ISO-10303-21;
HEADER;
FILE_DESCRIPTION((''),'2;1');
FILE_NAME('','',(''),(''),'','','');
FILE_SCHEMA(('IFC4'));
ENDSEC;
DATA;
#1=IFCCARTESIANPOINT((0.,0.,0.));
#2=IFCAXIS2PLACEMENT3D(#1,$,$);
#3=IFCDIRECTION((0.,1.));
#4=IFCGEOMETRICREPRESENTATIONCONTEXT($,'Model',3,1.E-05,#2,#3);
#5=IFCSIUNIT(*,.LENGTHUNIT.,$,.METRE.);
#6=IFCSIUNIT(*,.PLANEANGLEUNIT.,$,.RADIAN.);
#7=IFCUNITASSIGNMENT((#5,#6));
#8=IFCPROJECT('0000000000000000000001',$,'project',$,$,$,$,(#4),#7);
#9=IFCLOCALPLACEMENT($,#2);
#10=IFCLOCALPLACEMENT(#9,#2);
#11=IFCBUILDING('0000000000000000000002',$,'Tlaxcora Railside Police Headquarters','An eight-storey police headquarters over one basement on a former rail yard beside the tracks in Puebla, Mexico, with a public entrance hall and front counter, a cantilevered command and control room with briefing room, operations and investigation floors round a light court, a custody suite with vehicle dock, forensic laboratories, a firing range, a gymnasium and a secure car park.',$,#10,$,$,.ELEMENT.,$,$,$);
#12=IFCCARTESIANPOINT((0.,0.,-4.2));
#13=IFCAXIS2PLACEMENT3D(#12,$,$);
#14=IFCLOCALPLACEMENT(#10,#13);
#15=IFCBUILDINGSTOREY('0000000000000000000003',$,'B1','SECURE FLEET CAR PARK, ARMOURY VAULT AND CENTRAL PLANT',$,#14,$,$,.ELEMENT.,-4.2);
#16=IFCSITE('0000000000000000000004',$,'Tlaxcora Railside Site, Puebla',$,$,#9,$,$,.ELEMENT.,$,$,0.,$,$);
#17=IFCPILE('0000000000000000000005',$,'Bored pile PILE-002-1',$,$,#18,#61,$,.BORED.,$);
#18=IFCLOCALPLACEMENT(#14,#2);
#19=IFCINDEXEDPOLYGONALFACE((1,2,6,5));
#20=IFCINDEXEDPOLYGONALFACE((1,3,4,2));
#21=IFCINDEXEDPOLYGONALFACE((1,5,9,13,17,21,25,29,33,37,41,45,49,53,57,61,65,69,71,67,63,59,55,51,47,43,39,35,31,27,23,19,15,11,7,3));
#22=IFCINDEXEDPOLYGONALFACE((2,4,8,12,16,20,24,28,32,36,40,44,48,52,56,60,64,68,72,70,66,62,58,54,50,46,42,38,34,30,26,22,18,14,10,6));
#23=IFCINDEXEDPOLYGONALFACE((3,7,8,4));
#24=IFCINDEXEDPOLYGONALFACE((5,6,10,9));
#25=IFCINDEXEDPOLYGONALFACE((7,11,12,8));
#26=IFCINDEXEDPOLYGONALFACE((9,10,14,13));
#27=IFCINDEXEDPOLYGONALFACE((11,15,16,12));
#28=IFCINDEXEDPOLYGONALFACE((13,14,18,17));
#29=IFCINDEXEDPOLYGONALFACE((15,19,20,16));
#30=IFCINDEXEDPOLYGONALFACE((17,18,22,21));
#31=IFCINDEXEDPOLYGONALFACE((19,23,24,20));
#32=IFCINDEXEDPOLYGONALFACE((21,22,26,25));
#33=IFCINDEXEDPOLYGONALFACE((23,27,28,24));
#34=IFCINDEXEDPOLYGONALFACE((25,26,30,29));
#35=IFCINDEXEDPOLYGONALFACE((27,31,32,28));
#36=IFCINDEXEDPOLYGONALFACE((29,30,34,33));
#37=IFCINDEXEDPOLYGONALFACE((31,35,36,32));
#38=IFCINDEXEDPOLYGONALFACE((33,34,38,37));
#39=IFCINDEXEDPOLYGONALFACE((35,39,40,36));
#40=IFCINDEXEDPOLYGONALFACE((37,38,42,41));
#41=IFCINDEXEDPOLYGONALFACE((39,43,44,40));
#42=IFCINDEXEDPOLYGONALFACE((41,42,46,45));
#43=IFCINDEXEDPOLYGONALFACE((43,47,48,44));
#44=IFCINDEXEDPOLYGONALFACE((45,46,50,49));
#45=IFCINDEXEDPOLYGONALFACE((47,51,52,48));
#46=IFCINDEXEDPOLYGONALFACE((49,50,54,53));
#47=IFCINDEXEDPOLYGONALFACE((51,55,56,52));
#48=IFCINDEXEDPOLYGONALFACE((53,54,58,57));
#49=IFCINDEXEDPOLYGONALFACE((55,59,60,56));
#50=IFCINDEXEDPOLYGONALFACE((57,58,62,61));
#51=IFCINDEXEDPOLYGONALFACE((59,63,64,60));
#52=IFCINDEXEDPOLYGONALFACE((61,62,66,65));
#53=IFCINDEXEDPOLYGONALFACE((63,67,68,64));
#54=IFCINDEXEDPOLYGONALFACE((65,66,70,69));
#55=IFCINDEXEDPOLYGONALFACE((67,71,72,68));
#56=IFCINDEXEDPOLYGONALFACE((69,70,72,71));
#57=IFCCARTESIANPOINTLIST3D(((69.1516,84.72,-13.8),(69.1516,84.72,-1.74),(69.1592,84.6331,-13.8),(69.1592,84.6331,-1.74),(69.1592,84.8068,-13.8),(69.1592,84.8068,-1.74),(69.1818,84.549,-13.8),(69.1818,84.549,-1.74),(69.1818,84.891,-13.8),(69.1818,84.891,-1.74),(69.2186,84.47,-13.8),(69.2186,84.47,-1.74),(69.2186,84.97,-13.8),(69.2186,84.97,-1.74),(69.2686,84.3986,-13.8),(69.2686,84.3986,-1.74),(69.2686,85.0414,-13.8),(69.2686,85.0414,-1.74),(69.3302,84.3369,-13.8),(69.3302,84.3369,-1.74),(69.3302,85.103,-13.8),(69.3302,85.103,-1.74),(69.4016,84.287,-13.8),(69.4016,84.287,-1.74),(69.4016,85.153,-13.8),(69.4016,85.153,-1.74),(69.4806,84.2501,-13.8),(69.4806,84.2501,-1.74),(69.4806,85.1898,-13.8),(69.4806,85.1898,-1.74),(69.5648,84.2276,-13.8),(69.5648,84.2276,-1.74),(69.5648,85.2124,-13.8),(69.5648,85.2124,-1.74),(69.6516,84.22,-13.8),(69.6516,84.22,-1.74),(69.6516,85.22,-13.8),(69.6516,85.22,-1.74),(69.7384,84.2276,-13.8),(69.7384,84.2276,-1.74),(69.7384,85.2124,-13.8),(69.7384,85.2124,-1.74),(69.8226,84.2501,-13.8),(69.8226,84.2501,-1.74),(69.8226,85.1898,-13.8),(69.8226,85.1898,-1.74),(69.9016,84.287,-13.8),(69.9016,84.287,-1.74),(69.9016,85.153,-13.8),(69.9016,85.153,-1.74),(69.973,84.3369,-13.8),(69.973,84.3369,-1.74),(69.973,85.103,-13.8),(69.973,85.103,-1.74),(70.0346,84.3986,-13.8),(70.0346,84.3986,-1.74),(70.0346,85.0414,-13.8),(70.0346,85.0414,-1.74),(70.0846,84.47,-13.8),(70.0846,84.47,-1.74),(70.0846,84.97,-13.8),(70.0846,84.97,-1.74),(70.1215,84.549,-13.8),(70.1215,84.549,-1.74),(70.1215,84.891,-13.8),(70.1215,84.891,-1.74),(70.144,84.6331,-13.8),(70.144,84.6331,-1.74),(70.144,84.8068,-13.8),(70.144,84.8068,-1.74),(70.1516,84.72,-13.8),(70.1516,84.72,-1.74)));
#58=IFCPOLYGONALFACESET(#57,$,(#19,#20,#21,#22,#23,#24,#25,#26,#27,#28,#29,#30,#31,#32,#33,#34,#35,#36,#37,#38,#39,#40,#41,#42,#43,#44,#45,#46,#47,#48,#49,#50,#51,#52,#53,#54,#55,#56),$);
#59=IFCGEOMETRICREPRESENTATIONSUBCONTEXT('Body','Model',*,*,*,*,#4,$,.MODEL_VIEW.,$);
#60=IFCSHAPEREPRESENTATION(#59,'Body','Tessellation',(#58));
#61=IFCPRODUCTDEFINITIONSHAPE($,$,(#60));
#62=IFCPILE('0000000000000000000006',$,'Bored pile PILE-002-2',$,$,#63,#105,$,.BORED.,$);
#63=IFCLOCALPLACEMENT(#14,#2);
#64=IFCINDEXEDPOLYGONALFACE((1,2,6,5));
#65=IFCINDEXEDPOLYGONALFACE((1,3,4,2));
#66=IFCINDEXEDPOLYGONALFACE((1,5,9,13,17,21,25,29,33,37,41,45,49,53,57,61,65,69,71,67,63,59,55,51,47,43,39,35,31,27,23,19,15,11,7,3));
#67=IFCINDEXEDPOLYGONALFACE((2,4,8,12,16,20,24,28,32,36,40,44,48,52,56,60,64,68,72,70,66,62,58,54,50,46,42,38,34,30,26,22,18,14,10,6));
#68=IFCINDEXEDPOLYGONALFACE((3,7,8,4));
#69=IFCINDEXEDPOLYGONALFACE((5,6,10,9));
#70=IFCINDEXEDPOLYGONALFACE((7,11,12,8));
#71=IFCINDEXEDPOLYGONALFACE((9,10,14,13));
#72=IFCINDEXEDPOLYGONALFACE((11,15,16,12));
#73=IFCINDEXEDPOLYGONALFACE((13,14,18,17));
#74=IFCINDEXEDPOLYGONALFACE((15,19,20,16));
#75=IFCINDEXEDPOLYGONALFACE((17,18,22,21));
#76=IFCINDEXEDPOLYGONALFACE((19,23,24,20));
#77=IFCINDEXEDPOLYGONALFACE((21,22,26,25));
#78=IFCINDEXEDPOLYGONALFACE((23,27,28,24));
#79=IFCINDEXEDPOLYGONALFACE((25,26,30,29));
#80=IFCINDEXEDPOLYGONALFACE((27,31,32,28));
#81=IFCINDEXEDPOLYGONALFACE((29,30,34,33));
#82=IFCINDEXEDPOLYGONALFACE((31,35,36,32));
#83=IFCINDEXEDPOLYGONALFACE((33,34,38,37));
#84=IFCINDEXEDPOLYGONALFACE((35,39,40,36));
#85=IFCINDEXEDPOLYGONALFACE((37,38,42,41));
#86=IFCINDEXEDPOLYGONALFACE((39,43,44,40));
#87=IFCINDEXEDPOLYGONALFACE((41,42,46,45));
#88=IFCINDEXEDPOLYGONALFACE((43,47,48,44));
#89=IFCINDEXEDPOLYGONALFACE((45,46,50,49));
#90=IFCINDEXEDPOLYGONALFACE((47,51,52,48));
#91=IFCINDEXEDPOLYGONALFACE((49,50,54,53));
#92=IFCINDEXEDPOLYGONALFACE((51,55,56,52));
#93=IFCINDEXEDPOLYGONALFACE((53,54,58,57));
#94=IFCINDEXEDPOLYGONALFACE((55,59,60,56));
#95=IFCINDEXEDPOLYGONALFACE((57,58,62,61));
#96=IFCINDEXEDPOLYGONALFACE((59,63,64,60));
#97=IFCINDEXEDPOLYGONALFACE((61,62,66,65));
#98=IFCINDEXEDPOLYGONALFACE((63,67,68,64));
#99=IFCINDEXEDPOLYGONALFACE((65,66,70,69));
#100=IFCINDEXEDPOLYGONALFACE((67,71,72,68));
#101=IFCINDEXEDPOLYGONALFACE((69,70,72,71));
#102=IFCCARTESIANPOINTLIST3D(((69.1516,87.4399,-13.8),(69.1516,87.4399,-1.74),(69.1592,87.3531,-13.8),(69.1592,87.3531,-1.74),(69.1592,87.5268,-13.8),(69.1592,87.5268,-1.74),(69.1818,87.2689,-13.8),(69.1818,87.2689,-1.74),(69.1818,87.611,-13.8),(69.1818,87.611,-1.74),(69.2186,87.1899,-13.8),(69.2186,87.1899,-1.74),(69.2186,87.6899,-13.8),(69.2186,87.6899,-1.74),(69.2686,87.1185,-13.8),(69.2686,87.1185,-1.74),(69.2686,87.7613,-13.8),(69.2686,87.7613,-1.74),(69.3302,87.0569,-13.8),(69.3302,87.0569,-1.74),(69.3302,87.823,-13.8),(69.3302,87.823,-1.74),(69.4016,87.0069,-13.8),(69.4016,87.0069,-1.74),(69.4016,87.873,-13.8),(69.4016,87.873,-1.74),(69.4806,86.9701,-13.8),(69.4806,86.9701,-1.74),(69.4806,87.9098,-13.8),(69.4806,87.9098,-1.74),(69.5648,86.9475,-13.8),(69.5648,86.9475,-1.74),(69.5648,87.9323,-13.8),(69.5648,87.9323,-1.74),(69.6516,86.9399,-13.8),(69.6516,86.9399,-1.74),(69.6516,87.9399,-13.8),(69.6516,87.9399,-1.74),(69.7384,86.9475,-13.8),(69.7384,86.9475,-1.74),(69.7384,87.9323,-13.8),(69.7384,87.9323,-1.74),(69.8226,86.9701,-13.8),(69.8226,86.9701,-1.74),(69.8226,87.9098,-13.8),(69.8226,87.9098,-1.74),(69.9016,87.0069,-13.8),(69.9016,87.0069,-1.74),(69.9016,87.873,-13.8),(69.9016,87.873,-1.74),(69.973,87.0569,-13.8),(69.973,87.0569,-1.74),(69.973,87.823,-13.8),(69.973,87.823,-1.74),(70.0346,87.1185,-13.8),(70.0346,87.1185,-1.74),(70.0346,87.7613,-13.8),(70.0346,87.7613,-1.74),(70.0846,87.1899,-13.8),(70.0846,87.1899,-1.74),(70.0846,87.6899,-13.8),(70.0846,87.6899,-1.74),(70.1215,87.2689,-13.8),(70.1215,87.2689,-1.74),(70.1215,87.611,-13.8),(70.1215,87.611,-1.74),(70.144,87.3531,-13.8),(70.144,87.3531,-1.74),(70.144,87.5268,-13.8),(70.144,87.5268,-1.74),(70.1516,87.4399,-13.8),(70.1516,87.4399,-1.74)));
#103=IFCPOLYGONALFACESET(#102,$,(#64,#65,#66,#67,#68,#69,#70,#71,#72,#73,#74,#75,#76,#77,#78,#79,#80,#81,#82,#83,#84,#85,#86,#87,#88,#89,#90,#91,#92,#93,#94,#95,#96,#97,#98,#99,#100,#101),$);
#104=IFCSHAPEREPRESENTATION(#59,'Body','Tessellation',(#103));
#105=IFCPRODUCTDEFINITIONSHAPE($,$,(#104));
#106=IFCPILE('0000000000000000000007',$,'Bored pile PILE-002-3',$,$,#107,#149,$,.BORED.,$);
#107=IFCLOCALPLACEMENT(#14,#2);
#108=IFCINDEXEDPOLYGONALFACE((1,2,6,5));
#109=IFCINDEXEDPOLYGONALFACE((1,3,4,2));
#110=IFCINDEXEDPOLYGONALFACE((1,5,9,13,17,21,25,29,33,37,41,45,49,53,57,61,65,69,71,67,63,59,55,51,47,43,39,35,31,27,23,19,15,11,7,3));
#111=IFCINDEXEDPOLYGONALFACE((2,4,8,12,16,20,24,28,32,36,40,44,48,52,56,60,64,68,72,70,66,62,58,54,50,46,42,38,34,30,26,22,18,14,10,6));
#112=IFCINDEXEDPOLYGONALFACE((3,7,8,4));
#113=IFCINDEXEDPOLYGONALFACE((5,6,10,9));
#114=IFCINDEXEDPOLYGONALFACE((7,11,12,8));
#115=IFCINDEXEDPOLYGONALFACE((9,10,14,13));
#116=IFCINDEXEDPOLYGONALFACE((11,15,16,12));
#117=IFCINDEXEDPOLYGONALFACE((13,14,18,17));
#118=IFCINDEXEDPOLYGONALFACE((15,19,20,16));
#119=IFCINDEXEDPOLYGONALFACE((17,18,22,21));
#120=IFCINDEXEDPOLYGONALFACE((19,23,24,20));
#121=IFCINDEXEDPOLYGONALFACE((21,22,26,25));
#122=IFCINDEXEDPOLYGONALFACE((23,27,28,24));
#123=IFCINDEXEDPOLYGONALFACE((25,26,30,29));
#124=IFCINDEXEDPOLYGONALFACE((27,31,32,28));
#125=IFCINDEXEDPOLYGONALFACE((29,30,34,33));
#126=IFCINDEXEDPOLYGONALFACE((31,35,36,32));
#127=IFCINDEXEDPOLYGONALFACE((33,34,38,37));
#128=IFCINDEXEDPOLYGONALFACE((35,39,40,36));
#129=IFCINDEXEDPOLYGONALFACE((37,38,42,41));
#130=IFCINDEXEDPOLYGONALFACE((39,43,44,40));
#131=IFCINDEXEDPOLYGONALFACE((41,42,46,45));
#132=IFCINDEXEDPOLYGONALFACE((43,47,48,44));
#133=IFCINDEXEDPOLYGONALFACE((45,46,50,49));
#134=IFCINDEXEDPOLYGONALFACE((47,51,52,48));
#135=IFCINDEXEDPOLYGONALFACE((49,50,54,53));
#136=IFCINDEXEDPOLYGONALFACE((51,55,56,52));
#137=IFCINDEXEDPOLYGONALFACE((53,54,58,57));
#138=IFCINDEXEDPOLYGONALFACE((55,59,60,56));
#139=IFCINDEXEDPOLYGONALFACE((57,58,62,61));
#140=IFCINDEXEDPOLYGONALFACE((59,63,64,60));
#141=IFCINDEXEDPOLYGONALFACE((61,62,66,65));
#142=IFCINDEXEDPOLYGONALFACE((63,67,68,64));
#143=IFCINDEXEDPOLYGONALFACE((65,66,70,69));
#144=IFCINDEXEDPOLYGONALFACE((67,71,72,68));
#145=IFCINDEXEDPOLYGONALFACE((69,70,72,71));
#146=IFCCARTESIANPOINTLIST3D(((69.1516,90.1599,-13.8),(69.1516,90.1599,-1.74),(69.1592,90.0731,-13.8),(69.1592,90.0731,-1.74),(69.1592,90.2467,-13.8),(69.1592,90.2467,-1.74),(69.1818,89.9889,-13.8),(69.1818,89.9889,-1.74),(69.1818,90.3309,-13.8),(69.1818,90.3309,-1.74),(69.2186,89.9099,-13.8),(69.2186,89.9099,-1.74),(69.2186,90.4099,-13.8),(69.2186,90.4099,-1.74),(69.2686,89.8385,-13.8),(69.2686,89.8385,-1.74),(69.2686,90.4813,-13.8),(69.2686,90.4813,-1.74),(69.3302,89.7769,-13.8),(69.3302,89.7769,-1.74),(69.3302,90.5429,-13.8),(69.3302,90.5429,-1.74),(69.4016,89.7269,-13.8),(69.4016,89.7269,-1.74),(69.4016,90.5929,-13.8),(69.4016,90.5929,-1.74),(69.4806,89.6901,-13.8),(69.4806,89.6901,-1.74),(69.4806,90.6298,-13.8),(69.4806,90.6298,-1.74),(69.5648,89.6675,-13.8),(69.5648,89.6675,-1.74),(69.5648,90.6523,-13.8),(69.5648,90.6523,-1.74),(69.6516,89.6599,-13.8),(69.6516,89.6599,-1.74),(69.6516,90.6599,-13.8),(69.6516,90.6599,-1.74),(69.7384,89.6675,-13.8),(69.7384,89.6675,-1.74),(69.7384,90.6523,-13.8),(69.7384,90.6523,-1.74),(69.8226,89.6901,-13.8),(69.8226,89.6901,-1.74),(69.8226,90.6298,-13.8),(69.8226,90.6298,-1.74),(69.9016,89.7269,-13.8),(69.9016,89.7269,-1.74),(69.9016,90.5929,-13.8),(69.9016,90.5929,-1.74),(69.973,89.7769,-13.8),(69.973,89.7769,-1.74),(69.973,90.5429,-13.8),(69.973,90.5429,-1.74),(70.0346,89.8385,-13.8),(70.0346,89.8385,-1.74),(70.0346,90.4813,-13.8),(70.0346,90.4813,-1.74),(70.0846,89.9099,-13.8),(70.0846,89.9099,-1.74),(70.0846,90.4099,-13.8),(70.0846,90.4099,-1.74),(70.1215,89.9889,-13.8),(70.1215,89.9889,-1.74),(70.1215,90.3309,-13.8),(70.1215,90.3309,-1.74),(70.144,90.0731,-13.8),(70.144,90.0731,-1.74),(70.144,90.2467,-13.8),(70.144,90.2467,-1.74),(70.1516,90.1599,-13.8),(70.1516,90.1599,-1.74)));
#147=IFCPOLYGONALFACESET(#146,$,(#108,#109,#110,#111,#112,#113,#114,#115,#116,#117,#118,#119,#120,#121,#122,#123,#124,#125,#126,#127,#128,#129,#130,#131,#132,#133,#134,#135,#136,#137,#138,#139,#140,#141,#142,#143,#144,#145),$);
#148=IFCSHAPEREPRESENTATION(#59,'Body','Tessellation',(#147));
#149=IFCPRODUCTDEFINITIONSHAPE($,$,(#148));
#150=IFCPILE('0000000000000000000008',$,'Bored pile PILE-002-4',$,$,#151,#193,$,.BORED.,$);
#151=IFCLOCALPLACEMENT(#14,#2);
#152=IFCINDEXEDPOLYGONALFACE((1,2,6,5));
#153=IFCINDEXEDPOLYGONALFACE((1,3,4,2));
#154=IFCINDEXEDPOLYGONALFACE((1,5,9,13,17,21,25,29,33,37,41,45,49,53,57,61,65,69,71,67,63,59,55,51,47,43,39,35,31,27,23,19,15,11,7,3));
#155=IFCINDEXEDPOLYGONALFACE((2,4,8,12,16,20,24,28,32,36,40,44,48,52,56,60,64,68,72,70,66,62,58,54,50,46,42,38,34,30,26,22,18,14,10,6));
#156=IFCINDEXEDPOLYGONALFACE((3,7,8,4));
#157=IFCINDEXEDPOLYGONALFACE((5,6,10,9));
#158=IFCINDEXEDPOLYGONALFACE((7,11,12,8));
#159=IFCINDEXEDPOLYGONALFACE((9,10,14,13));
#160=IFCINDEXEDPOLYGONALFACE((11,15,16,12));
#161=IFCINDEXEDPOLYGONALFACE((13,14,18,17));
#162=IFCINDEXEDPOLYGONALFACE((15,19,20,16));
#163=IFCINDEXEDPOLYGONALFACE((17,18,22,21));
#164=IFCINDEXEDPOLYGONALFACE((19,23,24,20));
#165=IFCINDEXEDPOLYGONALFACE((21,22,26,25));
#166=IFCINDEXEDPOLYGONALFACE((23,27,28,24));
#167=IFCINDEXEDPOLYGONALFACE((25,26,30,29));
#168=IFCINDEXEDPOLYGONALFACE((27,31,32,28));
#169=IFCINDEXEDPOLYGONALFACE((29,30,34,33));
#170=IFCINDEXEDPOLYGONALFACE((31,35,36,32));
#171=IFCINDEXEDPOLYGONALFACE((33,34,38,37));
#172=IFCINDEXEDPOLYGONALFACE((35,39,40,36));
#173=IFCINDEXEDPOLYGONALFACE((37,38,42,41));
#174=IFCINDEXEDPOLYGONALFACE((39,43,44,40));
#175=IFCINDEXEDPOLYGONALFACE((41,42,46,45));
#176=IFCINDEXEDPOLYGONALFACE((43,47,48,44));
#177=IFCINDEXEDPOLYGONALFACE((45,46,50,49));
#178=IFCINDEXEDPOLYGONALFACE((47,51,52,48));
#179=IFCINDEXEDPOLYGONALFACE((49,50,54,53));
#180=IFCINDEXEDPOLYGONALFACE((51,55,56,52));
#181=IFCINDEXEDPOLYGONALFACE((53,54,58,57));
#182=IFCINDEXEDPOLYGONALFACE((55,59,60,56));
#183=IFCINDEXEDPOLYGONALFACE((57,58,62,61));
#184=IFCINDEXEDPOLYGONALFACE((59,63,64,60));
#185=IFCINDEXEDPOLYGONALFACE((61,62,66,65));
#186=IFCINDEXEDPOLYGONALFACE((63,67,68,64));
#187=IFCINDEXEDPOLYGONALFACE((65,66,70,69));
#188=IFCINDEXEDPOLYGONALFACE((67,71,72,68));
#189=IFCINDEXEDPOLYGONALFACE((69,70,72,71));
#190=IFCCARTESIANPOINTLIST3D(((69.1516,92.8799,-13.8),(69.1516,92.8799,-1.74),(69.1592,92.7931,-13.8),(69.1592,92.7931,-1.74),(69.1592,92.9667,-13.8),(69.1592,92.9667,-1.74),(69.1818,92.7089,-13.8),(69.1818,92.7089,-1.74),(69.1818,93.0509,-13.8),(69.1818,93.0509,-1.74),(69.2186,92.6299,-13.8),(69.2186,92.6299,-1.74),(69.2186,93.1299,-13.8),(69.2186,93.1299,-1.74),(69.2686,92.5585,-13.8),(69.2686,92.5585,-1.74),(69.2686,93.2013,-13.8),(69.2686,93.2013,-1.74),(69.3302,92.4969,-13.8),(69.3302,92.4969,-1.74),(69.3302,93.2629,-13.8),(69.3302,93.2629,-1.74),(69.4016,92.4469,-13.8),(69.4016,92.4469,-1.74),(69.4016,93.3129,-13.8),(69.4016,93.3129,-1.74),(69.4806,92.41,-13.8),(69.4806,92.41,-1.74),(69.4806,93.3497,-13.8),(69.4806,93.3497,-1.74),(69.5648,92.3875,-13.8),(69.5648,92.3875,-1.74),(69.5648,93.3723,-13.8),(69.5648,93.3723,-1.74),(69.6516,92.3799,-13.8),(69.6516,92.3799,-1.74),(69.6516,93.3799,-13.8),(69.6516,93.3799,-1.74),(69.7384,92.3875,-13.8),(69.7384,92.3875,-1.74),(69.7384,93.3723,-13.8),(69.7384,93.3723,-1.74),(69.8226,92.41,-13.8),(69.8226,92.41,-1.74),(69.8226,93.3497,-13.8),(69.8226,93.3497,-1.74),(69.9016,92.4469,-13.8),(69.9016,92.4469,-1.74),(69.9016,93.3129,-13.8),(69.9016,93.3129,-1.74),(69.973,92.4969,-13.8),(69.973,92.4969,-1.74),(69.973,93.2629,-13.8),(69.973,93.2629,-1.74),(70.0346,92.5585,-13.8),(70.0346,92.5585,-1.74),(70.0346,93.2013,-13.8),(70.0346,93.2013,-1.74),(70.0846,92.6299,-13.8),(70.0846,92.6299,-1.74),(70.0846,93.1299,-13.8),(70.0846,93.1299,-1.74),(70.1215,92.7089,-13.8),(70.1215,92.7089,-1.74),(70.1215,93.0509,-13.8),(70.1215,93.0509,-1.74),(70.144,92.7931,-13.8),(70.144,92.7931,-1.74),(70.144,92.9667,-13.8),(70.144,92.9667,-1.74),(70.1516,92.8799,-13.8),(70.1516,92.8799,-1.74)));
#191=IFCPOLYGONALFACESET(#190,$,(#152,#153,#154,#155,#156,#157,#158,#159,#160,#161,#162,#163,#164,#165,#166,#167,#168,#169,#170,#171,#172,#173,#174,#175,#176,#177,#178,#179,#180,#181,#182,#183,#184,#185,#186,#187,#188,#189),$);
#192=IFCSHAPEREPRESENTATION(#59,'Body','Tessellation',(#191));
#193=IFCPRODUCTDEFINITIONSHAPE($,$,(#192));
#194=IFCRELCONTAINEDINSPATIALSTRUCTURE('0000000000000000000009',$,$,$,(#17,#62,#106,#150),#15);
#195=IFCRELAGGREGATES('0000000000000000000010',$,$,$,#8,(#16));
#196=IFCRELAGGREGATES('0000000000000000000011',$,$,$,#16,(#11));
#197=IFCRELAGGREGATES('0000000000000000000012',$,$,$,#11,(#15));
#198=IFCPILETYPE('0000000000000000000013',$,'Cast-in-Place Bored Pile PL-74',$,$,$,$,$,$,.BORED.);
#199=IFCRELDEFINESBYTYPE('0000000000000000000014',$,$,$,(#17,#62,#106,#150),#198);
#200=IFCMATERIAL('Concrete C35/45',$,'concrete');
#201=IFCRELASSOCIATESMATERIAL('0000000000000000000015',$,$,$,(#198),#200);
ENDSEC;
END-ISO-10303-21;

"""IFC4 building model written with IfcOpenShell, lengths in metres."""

from ifc_helpers import new_model, si_unit, direction, frame, origin, origin_2d, place, context, subcontext, project, spatial, circle, extrude, material, material_profile, profile_set, type_object, element, save


model = new_model("IFC4")

# Units and contexts
model_context = context("Model", 3, precision=1e-05, world=origin(), true_north=direction((0.0, 1.0)))
body_context = subcontext(model_context, "Body", "Model", "MODEL_VIEW")
ifc_project = project(units=[si_unit("LENGTHUNIT", "METRE"), si_unit("PLANEANGLEUNIT", "RADIAN")], contexts=[model_context])

# Site, building, storey
site_placement = place(None, origin())
site = spatial("IfcSite", under=ifc_project, at=site_placement, Name="Tlaxcora Railside Site, Puebla", CompositionType="ELEMENT", RefElevation=0.0)
building_placement = place(site_placement, origin())
building = spatial("IfcBuilding", under=site, at=building_placement, Name="Tlaxcora Railside Police Headquarters", Description="An eight-storey police headquarters over one basement on a former rail yard beside the tracks in Puebla, Mexico, with a public entrance hall and front counter, a cantilevered command and control room with briefing room, operations and investigation floors round a light court, a custody suite with vehicle dock, forensic laboratories, a firing range, a gymnasium and a secure car park.", CompositionType="ELEMENT")
storey_placement = place(building_placement, frame((0.0, 0.0, -4.2)))
storey = spatial("IfcBuildingStorey", under=building, at=storey_placement, Name="B1", Description="SECURE FLEET CAR PARK, ARMOURY VAULT AND CENTRAL PLANT", CompositionType="ELEMENT", Elevation=-4.2)

# Piles
ifc_material_1 = material(Name="Concrete C35/45", Category="concrete")
ifc_material_profile_1 = material_profile(ifc_material_1, circle(Radius=0.5, at=origin_2d()), Name="PILE1000")
ifc_profile_set_1 = profile_set([ifc_material_profile_1], Name="Concrete C35/45")
pile_type = type_object("IfcPileType", Name="Cast-in-Place Bored Pile PL-74", PredefinedType="BORED", material=ifc_profile_set_1)
for number, where, z_axis, x_axis, name in (
    (1, (69.6516, 84.72, -1.74), (0.0, 0.0, -1.0), (1.0, 0.0, 0.0), "Bored pile PILE-002-1"),
    (2, (69.6516, 87.4399, -1.74), (0.0, 0.0, -1.0), (1.0, 0.0, 0.0), "Bored pile PILE-002-2"),
    (3, (69.6516, 90.1599, -1.74), (0.0, 0.0, -1.0), (1.0, 0.0, 0.0), "Bored pile PILE-002-3"),
    (4, (69.6516, 92.8799, -1.74), (0.0, 0.0, -1.0), (1.0, 0.0, 0.0), "Bored pile PILE-002-4"),
):
    element("IfcPile", number, at=place(storey_placement, frame(where, z_axis=z_axis, x_axis=x_axis)), inside=storey, type_object=pile_type, Name=name, PredefinedType="BORED", context=body_context, shape_type="SweptSolid", body=[
        extrude(circle(Radius=0.5, at=origin_2d()), origin(), (0.0, 0.0, 1.0), 12.0601),
    ])

save(model, "model.ifc")
